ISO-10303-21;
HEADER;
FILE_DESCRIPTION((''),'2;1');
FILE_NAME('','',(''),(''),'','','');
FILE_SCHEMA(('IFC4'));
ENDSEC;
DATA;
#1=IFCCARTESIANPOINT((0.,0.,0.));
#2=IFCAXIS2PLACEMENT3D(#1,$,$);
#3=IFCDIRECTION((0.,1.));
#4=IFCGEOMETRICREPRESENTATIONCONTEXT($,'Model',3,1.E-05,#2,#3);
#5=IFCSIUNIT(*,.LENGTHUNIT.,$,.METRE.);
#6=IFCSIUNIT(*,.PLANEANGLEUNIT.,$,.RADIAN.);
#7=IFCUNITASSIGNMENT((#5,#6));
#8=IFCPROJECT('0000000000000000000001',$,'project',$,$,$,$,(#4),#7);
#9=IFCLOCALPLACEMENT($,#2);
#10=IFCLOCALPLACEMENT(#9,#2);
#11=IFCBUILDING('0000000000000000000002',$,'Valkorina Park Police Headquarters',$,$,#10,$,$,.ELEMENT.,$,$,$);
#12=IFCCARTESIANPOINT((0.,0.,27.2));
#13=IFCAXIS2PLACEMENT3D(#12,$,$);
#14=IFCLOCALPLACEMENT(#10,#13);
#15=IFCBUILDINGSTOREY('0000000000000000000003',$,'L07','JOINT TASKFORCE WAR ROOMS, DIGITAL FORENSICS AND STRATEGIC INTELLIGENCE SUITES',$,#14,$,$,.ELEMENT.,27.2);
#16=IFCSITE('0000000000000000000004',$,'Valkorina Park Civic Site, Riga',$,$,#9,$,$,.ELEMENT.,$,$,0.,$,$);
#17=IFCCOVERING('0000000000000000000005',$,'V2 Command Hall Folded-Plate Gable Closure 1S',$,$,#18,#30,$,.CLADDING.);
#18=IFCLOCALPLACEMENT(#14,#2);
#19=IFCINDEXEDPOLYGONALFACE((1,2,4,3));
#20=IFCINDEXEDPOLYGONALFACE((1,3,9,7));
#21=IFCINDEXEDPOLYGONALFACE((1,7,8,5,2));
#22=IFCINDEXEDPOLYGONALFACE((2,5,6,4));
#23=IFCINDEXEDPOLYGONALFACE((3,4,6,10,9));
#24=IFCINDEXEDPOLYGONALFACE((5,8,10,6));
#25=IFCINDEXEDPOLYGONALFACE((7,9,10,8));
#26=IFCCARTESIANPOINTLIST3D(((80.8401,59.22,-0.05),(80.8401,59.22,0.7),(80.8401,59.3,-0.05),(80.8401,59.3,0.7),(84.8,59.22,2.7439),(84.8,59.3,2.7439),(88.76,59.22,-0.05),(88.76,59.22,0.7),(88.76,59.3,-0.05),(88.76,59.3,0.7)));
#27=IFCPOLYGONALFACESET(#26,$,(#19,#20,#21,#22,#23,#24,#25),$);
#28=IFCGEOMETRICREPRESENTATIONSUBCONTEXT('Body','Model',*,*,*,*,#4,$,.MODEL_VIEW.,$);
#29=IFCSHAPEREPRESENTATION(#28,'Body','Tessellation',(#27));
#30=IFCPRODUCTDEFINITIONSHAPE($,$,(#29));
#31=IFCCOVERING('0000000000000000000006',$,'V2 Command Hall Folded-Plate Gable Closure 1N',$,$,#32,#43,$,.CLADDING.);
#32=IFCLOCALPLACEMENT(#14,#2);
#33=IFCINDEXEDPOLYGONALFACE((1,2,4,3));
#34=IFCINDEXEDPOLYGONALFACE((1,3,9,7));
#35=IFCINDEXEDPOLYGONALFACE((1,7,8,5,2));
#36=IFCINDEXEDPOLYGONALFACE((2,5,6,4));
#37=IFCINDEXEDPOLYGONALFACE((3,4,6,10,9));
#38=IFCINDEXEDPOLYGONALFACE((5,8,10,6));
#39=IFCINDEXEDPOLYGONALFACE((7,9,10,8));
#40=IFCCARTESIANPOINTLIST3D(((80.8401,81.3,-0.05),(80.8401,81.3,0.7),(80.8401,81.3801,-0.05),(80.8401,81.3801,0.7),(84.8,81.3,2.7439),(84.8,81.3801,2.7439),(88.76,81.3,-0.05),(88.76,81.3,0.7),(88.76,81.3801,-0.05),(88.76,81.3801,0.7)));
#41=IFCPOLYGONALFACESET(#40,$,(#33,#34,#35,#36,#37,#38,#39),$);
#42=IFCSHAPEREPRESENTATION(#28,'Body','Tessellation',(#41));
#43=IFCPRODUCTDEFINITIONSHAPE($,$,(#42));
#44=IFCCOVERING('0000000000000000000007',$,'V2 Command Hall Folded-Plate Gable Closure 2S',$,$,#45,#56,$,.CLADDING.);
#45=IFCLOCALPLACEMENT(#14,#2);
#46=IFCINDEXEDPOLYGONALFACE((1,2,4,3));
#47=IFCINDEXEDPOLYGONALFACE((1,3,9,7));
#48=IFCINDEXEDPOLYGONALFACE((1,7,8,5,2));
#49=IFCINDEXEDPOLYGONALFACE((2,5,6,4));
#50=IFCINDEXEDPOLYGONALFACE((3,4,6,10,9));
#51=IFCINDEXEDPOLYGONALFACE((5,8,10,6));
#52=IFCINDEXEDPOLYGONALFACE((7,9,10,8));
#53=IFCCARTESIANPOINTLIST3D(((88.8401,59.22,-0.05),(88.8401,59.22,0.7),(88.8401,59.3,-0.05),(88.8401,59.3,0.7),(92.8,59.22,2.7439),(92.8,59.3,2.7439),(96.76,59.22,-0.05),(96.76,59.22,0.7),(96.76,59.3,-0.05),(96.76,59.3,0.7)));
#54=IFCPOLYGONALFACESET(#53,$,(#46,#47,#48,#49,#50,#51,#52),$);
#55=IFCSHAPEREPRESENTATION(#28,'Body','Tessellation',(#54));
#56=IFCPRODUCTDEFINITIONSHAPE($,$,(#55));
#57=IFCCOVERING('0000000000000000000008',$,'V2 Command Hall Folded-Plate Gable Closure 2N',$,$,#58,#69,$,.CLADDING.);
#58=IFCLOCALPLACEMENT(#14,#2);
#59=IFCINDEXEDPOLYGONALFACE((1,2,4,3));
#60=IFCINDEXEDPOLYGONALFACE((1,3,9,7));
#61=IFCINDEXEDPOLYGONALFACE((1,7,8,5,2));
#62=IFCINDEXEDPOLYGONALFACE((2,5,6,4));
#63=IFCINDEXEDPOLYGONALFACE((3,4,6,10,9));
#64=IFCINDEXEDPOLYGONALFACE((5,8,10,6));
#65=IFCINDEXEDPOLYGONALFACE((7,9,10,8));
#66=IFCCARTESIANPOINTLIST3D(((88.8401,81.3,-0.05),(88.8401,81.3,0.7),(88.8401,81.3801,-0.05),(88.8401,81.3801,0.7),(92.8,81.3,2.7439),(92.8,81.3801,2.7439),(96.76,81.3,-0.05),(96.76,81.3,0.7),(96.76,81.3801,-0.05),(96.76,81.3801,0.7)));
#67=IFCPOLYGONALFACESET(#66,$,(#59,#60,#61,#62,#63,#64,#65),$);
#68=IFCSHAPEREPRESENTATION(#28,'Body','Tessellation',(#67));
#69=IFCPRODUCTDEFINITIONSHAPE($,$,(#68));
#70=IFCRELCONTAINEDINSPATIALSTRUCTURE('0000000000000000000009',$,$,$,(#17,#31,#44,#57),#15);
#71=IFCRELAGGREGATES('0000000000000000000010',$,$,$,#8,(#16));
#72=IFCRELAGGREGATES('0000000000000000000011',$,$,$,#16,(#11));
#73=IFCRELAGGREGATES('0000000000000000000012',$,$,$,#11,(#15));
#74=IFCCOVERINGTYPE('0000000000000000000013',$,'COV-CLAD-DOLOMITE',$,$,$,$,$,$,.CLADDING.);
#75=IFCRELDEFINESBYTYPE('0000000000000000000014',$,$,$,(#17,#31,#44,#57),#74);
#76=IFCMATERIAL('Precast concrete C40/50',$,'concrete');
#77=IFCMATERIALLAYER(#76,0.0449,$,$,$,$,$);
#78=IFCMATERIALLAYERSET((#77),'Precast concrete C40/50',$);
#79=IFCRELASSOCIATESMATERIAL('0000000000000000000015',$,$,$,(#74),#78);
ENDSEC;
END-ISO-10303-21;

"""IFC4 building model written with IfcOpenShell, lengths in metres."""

from ifc_helpers import new_model, si_unit, direction, frame, origin, place, context, subcontext, project, spatial, polyline, outline, extrude, material, layer, layer_set, type_object, element, save


model = new_model("IFC4")

# Units and contexts
model_context = context("Model", 3, precision=1e-05, world=origin(), true_north=direction((0.0, 1.0)))
body_context = subcontext(model_context, "Body", "Model", "MODEL_VIEW")
ifc_project = project(units=[si_unit("LENGTHUNIT", "METRE"), si_unit("PLANEANGLEUNIT", "RADIAN")], contexts=[model_context])

# Site, building, storey
site_placement = place(None, origin())
site = spatial("IfcSite", under=ifc_project, at=site_placement, Name="Valkorina Park Civic Site, Riga", CompositionType="ELEMENT", RefElevation=0.0)
building_placement = place(site_placement, origin())
building = spatial("IfcBuilding", under=site, at=building_placement, Name="Valkorina Park Police Headquarters", CompositionType="ELEMENT")
storey_placement = place(building_placement, frame((0.0, 0.0, 27.2)))
storey = spatial("IfcBuildingStorey", under=building, at=storey_placement, Name="L07", Description="JOINT TASKFORCE WAR ROOMS, DIGITAL FORENSICS AND STRATEGIC INTELLIGENCE SUITES", CompositionType="ELEMENT", Elevation=27.2)

# Coverings
ifc_material_1 = material(Name="Precast concrete C40/50", Category="concrete")
ifc_layer_1 = layer(ifc_material_1, 0.0449)
ifc_layer_set_1 = layer_set([ifc_layer_1], Name="Precast concrete C40/50")
covering_type = type_object("IfcCoveringType", Name="COV-CLAD-DOLOMITE", PredefinedType="CLADDING", material=ifc_layer_set_1)
for number, where, z_axis, x_axis, name in (
    (1, (80.8401, 59.26, -0.05), (0.0, 0.0, 1.0), (1.0, 0.0, 0.0), "V2 Command Hall Folded-Plate Gable Closure 1S"),
    (2, (80.8401, 81.3401, -0.05), (0.0, 0.0, 1.0), (1.0, 0.0, 0.0), "V2 Command Hall Folded-Plate Gable Closure 1N"),
    (3, (88.8401, 59.26, -0.05), (0.0, 0.0, 1.0), (1.0, 0.0, 0.0), "V2 Command Hall Folded-Plate Gable Closure 2S"),
    (4, (88.8401, 81.3401, -0.05), (0.0, 0.0, 1.0), (1.0, 0.0, 0.0), "V2 Command Hall Folded-Plate Gable Closure 2N"),
):
    element("IfcCovering", number, at=place(storey_placement, frame(where, z_axis=z_axis, x_axis=x_axis)), inside=storey, type_object=covering_type, Name=name, PredefinedType="CLADDING", context=body_context, shape_type="SweptSolid", body=[
        extrude(outline(polyline([(0.0, 0.0), (7.9199, 0.0), (7.9199, 0.75), (3.96, 2.7939), (0.0, 0.75), (0.0, 0.0)])), frame((0.0, 0.04, 0.0), z_axis=(0.0, -1.0, 0.0), x_axis=(1.0, 0.0, 0.0)), (0.0, 0.0, 1.0), 0.0801),
    ])

save(model, "model.ifc")
